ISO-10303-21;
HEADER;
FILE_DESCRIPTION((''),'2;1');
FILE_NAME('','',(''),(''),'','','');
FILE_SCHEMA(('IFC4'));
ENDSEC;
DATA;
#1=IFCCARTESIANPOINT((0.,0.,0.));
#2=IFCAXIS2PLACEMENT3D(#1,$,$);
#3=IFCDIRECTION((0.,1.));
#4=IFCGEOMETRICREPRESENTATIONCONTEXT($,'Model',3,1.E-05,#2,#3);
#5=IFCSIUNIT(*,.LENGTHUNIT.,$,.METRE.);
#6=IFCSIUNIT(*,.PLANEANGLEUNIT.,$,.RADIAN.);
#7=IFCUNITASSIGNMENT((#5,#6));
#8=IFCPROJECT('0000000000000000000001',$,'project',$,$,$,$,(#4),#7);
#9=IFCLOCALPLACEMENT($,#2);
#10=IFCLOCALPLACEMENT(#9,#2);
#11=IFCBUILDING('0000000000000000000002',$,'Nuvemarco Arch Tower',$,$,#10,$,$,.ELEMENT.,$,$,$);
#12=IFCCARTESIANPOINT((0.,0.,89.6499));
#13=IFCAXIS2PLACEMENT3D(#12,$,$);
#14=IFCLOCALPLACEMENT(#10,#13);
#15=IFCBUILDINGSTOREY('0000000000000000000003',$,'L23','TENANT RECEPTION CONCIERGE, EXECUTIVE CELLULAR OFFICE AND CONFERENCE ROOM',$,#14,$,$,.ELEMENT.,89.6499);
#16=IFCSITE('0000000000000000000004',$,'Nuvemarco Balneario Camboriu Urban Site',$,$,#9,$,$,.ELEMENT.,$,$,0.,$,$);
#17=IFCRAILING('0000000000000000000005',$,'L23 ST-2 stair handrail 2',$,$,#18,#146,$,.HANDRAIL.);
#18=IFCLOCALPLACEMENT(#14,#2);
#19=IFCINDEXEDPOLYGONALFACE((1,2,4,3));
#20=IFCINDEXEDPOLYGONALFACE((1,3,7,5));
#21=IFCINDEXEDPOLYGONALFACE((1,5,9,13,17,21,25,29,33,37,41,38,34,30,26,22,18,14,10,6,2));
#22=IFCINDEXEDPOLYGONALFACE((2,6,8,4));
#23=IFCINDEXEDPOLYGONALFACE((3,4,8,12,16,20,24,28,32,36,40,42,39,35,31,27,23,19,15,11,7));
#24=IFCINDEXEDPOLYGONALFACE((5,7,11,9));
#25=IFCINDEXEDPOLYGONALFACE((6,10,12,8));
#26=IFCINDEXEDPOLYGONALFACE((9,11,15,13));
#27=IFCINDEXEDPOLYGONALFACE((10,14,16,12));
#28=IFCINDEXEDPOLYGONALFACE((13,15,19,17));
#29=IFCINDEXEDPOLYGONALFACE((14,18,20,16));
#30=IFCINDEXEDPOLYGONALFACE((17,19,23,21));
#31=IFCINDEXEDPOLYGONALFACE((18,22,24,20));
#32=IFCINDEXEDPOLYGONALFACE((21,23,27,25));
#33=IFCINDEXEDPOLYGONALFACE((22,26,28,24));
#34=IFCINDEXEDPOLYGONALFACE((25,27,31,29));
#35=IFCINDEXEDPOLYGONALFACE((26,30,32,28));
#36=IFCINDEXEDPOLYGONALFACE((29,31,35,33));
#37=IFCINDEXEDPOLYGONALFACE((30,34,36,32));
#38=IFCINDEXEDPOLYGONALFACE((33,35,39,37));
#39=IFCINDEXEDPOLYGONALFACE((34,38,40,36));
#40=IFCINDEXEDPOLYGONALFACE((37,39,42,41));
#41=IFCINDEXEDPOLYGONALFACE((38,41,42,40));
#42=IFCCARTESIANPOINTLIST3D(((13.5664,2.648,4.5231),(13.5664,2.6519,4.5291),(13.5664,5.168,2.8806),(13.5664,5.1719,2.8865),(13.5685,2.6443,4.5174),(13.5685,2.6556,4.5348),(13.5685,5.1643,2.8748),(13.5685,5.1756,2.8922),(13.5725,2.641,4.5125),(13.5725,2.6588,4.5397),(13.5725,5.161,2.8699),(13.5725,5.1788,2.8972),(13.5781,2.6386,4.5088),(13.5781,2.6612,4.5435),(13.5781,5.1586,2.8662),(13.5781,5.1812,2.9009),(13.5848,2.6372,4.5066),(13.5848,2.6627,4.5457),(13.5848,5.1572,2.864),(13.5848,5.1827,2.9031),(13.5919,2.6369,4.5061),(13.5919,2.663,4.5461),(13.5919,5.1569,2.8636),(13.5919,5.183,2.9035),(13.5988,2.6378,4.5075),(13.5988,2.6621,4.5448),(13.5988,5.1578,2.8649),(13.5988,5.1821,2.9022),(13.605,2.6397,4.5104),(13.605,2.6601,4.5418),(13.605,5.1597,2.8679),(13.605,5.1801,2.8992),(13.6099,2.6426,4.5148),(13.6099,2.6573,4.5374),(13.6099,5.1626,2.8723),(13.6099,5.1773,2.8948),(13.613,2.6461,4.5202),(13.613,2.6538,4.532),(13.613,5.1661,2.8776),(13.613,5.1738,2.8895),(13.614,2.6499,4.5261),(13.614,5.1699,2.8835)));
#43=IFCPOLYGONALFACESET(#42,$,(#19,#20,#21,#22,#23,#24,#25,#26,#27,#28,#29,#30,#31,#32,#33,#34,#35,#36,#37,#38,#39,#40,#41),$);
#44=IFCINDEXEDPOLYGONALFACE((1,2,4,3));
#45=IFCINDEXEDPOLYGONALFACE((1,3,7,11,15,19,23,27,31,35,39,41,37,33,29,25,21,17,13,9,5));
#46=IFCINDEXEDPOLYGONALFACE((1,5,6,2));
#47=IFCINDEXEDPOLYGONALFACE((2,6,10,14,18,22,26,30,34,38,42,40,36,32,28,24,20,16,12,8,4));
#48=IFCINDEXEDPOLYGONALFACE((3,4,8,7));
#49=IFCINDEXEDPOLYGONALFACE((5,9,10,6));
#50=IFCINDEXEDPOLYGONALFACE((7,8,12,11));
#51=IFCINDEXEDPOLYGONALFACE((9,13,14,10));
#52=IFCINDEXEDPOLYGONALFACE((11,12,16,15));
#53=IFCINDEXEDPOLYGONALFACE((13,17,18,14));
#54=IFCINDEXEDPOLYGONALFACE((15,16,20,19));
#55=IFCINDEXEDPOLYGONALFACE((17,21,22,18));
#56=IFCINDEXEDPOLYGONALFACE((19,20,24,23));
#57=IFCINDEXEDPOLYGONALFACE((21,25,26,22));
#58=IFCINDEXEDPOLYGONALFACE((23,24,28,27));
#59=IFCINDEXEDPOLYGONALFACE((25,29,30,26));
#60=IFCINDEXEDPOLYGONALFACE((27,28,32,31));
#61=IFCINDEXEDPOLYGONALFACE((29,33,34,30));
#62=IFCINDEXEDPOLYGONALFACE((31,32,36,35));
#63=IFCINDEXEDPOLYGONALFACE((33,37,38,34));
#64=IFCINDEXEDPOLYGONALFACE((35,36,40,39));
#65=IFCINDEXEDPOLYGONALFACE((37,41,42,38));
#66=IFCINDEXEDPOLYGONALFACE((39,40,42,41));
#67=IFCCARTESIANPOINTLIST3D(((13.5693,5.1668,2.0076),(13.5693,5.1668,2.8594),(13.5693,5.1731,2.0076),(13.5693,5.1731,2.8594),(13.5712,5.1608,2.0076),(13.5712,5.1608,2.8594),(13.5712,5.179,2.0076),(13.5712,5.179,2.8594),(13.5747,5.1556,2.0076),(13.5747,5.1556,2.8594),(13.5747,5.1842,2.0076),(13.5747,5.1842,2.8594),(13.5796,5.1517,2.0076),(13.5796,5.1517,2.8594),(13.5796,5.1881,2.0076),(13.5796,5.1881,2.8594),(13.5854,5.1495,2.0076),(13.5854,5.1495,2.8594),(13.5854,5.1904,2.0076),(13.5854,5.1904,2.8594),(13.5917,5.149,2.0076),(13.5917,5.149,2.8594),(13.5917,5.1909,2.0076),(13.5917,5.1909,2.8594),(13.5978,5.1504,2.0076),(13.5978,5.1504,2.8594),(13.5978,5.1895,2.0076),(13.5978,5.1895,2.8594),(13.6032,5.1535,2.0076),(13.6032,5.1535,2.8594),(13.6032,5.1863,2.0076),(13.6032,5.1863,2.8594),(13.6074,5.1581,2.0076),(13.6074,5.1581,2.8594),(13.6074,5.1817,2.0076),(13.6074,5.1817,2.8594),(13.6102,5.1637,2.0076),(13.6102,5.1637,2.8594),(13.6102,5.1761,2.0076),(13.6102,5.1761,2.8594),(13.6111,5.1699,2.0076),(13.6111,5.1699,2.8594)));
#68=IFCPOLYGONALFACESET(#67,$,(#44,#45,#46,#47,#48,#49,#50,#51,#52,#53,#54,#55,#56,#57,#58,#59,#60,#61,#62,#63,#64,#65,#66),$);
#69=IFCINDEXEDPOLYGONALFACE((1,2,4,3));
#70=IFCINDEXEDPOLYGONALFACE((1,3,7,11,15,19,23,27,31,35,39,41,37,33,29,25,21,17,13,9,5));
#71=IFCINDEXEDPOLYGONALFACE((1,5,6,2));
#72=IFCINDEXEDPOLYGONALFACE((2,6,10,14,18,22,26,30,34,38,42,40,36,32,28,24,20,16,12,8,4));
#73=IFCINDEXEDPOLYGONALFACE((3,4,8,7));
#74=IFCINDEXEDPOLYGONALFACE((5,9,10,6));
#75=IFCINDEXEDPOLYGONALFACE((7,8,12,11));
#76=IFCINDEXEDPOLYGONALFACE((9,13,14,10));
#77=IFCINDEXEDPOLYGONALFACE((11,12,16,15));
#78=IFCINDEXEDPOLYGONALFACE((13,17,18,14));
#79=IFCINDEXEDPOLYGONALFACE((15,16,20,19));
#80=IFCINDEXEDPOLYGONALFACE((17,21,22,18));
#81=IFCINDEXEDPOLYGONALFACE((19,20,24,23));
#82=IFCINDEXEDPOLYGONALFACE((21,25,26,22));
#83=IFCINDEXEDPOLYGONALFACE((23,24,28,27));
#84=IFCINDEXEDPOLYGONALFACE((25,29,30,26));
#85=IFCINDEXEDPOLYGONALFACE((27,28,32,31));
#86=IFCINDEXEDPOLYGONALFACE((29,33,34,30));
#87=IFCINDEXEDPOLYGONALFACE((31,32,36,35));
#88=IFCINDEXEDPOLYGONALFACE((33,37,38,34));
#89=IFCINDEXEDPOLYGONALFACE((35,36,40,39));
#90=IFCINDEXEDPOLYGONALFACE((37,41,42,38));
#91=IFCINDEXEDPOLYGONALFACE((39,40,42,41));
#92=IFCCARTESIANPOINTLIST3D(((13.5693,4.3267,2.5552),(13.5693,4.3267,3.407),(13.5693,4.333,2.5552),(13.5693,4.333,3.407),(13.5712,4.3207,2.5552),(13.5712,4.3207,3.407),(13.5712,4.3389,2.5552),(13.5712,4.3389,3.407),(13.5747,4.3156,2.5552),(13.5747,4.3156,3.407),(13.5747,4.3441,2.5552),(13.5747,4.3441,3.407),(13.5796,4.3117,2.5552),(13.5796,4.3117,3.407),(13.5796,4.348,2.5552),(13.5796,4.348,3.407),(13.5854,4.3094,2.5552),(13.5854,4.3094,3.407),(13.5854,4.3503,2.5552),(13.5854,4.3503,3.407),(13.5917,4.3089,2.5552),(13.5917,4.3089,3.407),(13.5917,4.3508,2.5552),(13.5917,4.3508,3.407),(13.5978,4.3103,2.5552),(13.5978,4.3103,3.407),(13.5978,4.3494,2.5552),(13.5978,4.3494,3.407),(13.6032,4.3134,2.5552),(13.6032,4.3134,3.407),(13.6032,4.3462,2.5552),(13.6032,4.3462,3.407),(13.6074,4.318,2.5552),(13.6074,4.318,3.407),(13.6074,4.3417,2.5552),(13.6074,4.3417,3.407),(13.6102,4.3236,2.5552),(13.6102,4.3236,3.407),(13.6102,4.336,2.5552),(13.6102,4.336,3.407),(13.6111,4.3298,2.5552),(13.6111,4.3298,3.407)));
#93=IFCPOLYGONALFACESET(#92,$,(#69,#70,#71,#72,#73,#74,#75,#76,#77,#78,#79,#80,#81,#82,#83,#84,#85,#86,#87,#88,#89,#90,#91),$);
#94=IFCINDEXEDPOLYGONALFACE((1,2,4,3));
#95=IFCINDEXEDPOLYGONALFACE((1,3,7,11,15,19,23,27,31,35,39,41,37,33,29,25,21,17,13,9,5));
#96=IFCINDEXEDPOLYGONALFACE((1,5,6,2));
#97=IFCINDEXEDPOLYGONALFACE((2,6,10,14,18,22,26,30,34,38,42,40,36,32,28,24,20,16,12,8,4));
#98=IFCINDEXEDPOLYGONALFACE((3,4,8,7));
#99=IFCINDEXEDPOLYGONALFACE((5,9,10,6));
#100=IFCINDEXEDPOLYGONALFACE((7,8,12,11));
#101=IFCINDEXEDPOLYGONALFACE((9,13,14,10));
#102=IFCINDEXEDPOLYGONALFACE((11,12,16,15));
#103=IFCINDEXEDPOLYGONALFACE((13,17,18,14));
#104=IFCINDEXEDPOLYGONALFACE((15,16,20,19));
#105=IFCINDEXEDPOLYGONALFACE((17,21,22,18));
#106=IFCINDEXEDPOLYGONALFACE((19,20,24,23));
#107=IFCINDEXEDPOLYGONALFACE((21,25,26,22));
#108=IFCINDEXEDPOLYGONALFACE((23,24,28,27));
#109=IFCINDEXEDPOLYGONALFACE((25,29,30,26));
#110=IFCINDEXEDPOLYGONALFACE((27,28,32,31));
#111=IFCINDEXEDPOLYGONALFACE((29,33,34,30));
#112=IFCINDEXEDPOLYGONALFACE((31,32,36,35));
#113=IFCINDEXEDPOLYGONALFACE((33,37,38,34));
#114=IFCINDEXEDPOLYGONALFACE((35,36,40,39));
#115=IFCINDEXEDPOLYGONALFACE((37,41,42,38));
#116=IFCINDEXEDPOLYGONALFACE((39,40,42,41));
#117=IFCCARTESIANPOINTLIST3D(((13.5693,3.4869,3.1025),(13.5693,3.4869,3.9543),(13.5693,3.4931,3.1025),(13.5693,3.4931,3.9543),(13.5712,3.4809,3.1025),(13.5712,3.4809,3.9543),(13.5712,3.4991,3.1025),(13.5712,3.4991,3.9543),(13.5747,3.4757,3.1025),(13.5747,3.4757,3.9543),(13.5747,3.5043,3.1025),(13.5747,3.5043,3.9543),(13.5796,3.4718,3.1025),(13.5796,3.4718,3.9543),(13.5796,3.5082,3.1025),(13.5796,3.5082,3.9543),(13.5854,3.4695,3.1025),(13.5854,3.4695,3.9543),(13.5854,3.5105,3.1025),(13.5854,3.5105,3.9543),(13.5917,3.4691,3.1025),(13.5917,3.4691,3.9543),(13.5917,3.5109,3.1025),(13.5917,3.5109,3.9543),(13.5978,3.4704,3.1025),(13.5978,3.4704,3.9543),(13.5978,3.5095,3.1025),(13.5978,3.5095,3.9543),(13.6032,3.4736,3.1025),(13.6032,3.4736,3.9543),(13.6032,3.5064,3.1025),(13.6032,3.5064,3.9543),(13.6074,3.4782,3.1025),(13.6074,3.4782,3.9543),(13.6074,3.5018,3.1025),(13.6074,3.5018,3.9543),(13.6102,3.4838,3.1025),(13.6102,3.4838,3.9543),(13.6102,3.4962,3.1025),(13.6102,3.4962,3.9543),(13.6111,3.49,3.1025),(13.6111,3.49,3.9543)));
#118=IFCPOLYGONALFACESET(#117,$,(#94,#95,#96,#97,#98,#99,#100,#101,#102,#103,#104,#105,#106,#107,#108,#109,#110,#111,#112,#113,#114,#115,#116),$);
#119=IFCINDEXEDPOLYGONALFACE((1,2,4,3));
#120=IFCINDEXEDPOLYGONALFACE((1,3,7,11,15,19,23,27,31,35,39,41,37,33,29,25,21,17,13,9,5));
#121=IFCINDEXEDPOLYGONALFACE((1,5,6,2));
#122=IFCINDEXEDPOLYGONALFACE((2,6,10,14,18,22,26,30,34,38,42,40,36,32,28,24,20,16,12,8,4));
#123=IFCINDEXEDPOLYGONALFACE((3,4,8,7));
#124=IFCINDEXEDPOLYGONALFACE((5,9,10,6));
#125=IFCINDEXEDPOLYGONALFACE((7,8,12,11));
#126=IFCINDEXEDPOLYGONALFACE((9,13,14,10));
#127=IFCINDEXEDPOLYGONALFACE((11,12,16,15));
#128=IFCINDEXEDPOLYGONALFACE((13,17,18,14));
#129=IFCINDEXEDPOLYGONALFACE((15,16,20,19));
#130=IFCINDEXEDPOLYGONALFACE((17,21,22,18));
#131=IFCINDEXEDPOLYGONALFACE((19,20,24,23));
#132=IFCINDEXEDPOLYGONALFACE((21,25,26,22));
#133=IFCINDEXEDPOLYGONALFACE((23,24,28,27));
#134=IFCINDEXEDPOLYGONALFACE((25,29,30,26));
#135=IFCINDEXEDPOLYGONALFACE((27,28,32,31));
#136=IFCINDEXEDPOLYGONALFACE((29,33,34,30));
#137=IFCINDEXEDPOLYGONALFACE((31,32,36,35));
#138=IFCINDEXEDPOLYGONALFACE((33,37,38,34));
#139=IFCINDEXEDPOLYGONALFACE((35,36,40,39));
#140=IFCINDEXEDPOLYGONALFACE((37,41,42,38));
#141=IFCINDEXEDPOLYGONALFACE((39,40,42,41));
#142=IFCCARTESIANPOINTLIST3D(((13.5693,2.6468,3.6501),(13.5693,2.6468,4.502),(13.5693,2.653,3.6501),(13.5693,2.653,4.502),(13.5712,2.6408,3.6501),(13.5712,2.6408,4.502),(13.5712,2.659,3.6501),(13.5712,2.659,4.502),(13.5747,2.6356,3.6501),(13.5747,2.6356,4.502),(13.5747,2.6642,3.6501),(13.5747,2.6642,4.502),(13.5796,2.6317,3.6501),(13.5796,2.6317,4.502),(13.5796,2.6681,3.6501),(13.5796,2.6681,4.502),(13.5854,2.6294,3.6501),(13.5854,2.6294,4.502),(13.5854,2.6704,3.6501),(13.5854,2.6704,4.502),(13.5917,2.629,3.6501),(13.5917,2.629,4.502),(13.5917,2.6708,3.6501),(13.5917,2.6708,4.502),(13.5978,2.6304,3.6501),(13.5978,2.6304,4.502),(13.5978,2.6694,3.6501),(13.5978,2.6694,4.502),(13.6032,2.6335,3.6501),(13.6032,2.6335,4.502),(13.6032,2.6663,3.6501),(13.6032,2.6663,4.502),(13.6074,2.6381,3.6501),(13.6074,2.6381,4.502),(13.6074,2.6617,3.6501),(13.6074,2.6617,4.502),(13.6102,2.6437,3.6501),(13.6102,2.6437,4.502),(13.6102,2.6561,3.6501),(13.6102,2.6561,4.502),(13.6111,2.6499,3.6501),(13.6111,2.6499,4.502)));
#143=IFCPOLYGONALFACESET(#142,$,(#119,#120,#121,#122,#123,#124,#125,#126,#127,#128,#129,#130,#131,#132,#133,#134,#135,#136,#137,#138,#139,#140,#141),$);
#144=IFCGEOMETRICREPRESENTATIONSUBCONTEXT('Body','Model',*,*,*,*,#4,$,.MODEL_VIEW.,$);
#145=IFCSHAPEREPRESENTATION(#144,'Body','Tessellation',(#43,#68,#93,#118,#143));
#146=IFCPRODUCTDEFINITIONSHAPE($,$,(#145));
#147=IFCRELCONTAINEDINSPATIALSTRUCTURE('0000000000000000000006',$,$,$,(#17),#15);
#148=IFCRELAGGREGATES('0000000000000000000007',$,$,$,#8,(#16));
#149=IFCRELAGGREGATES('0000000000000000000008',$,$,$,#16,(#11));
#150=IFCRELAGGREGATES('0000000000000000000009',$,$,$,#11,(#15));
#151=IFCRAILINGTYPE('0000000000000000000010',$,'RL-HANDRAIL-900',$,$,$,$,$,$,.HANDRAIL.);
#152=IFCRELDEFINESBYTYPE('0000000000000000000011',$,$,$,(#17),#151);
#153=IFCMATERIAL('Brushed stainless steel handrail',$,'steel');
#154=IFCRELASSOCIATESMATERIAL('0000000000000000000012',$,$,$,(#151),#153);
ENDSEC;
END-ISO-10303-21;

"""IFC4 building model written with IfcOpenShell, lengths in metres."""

from ifc_helpers import new_model, si_unit, direction, frame, origin, origin_2d, place, context, subcontext, project, spatial, circle, extrude, material, type_object, element, save


model = new_model("IFC4")

# Units and contexts
model_context = context("Model", 3, precision=1e-05, world=origin(), true_north=direction((0.0, 1.0)))
body_context = subcontext(model_context, "Body", "Model", "MODEL_VIEW")
ifc_project = project(units=[si_unit("LENGTHUNIT", "METRE"), si_unit("PLANEANGLEUNIT", "RADIAN")], contexts=[model_context])

# Site, building, storey
site_placement = place(None, origin())
site = spatial("IfcSite", under=ifc_project, at=site_placement, Name="Nuvemarco Balneario Camboriu Urban Site", CompositionType="ELEMENT", RefElevation=0.0)
building_placement = place(site_placement, origin())
building = spatial("IfcBuilding", under=site, at=building_placement, Name="Nuvemarco Arch Tower", CompositionType="ELEMENT")
storey_placement = place(building_placement, frame((0.0, 0.0, 89.6499)))
storey = spatial("IfcBuildingStorey", under=building, at=storey_placement, Name="L23", Description="TENANT RECEPTION CONCIERGE, EXECUTIVE CELLULAR OFFICE AND CONFERENCE ROOM", CompositionType="ELEMENT", Elevation=89.6499)

# Railing
ifc_material_1 = material(Name="Brushed stainless steel handrail", Category="steel")
railing_type = type_object("IfcRailingType", Name="RL-HANDRAIL-900", PredefinedType="HANDRAIL", material=ifc_material_1)
railing_placement = place(storey_placement, frame((13.5901, 5.1699, 2.0076)))
element("IfcRailing", 1, at=railing_placement, inside=storey, type_object=railing_type, Name="L23 ST-2 stair handrail 2", PredefinedType="HANDRAIL", context=body_context, shape_type="SweptSolid", body=[
    extrude(circle(Radius=0.0239, at=origin_2d()), frame((0.0, 0.0, 0.876), z_axis=(0.0, -0.837749, 0.546055), x_axis=(1.0, 0.0, 0.0)), (0.0, 0.0, 1.0), 3.0081),
    extrude(circle(Radius=0.021, at=origin_2d()), origin(), (0.0, 0.0, 1.0), 0.8518),
    extrude(circle(Radius=0.021, at=origin_2d()), frame((0.0, -0.8401, 0.5476)), (0.0, 0.0, 1.0), 0.8518),
    extrude(circle(Radius=0.021, at=origin_2d()), frame((0.0, -1.6799, 1.095)), (0.0, 0.0, 1.0), 0.8518),
    extrude(circle(Radius=0.021, at=origin_2d()), frame((0.0, -2.52, 1.6426)), (0.0, 0.0, 1.0), 0.8518),
])

save(model, "model.ifc")
